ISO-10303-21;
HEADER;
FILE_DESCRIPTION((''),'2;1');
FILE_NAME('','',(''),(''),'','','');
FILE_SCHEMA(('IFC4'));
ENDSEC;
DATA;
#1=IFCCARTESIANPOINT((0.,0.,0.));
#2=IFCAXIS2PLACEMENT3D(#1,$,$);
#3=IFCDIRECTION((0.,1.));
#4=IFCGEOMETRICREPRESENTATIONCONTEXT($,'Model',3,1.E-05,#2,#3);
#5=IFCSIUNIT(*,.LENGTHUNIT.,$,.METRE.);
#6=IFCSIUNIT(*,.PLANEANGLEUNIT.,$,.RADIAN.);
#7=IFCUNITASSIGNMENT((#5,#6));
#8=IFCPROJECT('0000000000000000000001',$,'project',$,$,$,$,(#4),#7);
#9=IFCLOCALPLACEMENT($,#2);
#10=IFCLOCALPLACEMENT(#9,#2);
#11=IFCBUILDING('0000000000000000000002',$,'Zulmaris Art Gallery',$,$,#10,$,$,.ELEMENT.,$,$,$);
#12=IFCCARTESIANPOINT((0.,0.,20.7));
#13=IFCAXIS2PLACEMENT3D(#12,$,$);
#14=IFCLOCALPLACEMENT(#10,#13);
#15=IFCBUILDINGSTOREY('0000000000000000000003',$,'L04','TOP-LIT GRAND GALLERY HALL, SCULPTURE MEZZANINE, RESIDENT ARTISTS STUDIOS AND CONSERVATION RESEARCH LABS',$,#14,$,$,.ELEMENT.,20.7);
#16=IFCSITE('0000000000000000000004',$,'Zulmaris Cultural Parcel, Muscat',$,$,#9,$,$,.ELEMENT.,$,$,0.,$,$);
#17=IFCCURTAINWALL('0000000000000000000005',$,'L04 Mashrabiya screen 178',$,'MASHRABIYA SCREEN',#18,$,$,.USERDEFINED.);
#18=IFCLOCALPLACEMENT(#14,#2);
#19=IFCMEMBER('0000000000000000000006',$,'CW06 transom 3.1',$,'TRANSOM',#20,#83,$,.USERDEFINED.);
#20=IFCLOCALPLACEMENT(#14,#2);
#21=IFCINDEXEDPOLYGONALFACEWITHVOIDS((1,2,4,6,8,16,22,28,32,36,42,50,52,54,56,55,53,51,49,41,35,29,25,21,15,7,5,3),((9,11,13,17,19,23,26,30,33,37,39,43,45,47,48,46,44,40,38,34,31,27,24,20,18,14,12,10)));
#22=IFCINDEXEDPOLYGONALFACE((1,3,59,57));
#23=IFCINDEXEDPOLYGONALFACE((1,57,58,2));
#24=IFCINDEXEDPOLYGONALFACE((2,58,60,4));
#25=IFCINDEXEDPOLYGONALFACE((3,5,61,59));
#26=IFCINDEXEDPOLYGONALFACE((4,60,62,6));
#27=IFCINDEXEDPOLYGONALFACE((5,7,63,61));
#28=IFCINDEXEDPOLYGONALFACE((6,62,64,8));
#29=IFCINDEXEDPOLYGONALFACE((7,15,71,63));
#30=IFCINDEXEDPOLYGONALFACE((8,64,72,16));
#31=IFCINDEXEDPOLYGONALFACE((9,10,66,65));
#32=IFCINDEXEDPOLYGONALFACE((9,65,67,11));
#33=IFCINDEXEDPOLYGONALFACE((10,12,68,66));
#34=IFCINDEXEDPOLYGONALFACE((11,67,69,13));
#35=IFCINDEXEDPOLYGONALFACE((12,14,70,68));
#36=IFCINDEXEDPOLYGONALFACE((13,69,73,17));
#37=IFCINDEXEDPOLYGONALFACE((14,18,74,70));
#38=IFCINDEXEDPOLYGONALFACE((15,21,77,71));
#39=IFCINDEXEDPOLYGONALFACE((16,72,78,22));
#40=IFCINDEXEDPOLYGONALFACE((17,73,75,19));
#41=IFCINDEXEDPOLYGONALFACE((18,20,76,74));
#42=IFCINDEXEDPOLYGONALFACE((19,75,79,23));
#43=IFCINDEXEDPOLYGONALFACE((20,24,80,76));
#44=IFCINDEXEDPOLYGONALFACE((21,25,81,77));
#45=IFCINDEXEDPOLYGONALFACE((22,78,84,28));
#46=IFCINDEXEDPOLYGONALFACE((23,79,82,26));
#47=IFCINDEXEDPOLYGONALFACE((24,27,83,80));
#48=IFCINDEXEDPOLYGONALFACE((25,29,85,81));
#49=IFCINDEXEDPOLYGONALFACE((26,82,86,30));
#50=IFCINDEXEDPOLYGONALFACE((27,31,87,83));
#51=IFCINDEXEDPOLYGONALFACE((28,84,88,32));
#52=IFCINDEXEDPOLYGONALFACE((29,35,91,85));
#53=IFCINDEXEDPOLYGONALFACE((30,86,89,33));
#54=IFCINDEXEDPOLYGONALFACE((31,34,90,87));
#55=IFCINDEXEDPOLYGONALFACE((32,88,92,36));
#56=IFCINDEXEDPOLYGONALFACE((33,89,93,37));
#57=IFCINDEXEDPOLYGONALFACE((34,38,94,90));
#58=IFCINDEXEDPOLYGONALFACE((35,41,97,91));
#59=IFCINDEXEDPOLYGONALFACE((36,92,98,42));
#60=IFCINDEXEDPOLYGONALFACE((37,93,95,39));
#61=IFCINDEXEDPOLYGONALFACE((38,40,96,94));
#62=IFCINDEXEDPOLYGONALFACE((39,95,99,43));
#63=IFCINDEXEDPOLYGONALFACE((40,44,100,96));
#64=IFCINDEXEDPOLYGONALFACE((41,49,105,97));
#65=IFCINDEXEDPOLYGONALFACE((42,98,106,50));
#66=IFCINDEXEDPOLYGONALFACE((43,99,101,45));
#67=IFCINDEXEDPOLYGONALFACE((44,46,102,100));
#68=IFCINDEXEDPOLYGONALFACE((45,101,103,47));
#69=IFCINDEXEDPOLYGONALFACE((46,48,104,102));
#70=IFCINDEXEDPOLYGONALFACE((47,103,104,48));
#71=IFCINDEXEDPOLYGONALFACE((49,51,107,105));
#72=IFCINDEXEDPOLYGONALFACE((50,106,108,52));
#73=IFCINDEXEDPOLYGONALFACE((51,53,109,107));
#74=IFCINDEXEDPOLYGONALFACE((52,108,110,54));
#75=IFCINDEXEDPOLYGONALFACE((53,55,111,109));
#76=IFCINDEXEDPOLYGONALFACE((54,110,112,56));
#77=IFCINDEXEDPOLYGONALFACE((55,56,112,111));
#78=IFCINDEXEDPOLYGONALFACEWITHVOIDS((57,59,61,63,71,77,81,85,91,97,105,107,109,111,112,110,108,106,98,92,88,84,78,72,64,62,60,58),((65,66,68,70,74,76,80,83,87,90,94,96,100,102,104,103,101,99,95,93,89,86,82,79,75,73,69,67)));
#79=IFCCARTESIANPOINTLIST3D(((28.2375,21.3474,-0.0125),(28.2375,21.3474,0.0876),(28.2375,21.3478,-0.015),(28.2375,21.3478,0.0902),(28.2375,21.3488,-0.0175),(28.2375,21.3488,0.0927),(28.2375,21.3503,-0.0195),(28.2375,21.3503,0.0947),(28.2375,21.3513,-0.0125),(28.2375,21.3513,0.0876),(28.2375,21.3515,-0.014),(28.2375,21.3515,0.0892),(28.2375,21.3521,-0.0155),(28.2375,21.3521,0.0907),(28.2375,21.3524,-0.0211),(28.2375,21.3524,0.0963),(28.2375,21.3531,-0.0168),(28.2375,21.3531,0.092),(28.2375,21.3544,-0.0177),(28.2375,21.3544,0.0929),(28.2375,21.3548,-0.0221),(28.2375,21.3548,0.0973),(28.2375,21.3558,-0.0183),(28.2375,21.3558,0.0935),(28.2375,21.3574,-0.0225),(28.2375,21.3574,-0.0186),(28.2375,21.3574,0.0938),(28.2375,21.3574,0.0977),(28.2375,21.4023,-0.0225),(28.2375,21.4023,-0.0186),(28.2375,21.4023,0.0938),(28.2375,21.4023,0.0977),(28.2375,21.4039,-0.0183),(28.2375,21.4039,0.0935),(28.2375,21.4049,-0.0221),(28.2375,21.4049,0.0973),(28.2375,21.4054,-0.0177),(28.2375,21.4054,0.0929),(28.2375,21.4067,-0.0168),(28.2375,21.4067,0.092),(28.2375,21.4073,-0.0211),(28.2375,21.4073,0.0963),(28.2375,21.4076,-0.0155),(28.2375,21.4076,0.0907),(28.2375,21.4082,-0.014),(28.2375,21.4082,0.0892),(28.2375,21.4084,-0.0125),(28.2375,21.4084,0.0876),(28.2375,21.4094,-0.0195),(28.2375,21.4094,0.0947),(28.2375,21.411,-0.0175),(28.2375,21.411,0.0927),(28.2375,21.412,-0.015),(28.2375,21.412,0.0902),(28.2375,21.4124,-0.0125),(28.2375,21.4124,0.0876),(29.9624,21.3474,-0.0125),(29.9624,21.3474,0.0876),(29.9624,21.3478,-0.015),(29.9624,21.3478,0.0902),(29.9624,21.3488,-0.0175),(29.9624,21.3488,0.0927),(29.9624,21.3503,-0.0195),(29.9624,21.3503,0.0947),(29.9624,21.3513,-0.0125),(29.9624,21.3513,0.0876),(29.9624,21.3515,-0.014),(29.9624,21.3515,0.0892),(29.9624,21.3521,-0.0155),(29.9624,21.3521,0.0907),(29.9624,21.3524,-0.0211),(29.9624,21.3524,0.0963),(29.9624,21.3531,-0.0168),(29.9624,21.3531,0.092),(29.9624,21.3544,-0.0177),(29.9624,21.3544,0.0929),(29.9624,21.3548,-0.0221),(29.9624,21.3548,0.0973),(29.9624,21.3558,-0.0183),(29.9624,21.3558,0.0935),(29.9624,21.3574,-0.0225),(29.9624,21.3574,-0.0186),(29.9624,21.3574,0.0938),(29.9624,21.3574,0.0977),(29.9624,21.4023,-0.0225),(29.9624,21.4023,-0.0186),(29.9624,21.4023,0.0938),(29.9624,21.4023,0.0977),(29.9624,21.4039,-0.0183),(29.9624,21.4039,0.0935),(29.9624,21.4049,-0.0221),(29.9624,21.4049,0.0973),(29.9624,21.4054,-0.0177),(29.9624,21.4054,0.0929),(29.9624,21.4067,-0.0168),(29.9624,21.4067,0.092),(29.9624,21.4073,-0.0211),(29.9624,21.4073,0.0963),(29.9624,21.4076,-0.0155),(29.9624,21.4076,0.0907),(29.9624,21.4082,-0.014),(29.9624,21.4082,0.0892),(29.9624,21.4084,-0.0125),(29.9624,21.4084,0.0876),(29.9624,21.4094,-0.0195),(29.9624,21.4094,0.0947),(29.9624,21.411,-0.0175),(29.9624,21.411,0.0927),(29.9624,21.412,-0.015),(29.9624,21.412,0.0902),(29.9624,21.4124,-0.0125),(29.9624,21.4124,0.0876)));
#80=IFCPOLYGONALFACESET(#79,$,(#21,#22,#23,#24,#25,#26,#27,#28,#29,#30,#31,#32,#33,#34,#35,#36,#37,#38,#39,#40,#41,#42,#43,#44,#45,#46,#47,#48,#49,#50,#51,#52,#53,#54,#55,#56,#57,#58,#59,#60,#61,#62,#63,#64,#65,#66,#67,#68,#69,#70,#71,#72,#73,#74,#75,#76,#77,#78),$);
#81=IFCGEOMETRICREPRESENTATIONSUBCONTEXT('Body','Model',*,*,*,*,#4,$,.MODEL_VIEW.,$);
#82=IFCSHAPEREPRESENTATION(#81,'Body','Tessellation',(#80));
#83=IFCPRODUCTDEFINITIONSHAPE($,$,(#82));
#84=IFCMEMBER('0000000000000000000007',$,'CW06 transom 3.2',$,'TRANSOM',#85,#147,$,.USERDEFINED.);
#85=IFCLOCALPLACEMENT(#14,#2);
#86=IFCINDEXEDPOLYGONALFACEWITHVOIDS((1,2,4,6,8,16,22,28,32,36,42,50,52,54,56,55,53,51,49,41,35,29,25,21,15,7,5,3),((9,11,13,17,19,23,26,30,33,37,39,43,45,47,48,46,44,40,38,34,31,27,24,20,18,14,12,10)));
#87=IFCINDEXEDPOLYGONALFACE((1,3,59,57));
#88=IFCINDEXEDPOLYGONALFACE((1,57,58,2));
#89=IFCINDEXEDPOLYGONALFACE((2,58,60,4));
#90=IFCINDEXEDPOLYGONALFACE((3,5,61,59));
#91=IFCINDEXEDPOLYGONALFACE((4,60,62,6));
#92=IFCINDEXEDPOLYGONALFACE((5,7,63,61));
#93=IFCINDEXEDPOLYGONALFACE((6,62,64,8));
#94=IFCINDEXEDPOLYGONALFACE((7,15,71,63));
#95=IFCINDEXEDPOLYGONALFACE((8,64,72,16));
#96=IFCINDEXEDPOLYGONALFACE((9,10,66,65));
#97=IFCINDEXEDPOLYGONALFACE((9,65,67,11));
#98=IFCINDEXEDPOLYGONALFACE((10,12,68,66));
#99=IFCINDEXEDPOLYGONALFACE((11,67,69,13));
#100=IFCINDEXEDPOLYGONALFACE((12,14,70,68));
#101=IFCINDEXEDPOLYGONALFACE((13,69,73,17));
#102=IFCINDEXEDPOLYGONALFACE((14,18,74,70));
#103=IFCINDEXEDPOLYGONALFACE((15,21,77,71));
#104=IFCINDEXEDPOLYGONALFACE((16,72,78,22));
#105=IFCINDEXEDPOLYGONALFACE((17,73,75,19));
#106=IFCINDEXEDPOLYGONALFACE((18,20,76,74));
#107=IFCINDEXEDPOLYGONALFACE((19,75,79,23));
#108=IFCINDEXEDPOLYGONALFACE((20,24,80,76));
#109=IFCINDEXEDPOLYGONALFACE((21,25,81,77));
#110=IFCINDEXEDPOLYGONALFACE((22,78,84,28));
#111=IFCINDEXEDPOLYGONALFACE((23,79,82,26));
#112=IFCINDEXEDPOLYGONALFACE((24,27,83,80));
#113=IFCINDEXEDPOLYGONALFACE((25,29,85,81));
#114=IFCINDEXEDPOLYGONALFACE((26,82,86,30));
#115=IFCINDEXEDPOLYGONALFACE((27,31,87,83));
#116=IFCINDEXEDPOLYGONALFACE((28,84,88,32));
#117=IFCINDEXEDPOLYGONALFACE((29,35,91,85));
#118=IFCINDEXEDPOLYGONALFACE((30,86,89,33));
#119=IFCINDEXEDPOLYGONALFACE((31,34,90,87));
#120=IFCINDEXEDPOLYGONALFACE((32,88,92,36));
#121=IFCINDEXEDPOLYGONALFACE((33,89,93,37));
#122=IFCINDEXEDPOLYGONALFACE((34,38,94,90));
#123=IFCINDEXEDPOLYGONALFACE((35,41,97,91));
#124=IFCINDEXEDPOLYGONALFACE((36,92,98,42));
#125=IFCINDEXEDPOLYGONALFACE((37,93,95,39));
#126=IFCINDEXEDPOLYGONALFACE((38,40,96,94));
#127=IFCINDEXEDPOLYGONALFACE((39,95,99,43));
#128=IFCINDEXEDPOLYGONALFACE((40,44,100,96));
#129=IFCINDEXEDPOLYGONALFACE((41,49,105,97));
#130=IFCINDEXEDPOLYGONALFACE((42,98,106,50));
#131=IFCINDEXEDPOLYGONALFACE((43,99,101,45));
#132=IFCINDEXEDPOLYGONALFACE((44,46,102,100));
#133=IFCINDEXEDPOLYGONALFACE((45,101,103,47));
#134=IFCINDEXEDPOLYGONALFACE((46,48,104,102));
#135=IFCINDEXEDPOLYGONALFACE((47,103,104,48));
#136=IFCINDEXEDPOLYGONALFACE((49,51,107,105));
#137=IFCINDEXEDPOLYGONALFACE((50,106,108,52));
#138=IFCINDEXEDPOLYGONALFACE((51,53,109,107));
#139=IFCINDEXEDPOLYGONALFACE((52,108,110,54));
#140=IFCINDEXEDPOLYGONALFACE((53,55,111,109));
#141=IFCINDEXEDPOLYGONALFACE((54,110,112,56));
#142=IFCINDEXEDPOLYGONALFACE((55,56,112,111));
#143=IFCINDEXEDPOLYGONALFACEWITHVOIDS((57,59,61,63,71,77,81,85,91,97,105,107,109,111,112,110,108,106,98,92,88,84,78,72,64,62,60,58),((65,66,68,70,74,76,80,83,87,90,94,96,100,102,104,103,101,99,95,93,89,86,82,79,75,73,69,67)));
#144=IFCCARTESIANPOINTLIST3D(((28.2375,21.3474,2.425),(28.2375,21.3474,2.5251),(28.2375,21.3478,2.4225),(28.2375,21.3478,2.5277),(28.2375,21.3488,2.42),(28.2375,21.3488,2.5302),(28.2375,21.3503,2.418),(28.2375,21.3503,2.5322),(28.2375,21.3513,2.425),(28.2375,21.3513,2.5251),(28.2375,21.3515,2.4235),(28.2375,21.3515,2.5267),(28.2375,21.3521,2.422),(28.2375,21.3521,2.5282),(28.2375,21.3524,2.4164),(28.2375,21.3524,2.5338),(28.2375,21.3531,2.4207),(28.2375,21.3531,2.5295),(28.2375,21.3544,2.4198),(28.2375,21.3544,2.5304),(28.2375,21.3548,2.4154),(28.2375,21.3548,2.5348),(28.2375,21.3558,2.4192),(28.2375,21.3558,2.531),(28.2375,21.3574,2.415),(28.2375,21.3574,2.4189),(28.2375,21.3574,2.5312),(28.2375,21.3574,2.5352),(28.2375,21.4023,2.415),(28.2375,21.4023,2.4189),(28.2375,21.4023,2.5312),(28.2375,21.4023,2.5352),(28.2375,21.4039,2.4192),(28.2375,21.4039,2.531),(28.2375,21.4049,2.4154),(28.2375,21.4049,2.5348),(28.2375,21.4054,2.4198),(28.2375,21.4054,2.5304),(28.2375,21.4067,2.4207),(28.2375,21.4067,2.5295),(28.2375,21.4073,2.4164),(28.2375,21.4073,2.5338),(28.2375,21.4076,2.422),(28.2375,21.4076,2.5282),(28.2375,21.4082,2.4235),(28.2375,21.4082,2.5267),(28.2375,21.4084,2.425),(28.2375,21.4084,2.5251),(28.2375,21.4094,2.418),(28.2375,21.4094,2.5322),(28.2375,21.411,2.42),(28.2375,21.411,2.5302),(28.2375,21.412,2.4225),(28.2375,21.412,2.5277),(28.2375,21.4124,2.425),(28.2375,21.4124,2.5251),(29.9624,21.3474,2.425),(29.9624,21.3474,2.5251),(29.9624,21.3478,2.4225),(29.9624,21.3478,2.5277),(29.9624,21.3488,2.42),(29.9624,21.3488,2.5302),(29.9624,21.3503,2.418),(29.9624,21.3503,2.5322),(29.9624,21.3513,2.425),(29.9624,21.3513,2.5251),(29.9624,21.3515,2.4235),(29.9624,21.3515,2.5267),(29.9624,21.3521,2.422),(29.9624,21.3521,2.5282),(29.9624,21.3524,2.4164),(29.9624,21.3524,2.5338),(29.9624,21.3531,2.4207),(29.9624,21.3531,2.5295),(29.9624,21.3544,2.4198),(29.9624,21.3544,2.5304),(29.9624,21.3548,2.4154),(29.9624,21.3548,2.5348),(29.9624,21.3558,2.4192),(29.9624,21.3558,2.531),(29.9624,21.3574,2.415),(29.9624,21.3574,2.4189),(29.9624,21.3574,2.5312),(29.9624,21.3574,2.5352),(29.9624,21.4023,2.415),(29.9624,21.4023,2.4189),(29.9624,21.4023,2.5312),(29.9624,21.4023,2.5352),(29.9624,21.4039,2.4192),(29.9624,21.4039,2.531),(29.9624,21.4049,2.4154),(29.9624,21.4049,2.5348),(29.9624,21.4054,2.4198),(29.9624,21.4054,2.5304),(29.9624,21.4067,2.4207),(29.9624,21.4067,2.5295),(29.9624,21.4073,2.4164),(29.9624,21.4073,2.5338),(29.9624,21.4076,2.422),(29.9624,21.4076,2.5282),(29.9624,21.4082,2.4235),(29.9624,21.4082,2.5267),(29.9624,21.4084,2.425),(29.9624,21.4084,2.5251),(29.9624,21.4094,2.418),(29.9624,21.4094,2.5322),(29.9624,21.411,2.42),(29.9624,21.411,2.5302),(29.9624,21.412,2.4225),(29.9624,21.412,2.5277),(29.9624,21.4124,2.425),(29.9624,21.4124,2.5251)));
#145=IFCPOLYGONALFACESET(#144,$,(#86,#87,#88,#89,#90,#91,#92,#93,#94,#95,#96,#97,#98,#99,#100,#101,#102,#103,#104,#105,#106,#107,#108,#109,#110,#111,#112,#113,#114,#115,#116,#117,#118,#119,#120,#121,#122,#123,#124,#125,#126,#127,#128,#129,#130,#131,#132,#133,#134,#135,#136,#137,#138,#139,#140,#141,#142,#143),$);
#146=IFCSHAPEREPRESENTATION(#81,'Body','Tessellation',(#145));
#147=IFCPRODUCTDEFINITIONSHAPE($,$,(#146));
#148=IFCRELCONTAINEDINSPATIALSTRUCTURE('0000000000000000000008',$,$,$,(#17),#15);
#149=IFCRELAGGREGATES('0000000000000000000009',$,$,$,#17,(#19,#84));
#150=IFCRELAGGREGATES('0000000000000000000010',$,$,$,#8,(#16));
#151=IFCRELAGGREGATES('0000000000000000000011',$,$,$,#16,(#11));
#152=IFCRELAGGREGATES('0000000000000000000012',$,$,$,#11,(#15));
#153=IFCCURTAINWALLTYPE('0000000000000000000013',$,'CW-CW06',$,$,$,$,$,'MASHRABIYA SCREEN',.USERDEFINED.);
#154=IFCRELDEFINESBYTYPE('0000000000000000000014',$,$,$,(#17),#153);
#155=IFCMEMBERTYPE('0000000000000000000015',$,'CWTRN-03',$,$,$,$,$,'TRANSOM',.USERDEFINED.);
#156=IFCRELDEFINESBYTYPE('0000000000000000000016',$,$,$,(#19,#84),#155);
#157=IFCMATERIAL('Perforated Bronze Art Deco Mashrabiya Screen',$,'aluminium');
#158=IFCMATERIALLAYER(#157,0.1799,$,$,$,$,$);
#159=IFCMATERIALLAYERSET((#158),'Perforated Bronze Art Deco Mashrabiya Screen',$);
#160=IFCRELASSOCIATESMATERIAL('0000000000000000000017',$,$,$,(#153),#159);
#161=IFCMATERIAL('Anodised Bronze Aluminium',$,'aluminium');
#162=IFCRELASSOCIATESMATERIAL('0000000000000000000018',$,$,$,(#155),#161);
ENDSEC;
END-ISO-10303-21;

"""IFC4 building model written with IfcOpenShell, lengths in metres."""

from ifc_helpers import new_model, si_unit, direction, frame, origin, origin_2d, place, context, subcontext, project, spatial, hollow_rectangle, extrude, material, layer, layer_set, material_profile, profile_set, type_object, element, aggregate, save


model = new_model("IFC4")

# Units and contexts
model_context = context("Model", 3, precision=1e-05, world=origin(), true_north=direction((0.0, 1.0)))
body_context = subcontext(model_context, "Body", "Model", "MODEL_VIEW")
ifc_project = project(units=[si_unit("LENGTHUNIT", "METRE"), si_unit("PLANEANGLEUNIT", "RADIAN")], contexts=[model_context])

# Site, building, storey
site_placement = place(None, origin())
site = spatial("IfcSite", under=ifc_project, at=site_placement, Name="Zulmaris Cultural Parcel, Muscat", CompositionType="ELEMENT", RefElevation=0.0)
building_placement = place(site_placement, origin())
building = spatial("IfcBuilding", under=site, at=building_placement, Name="Zulmaris Art Gallery", CompositionType="ELEMENT")
storey_placement = place(building_placement, frame((0.0, 0.0, 20.7)))
storey = spatial("IfcBuildingStorey", under=building, at=storey_placement, Name="L04", Description="TOP-LIT GRAND GALLERY HALL, SCULPTURE MEZZANINE, RESIDENT ARTISTS STUDIOS AND CONSERVATION RESEARCH LABS", CompositionType="ELEMENT", Elevation=20.7)

# Curtain wall
ifc_material_1 = material(Name="Anodised Bronze Aluminium", Category="aluminium")
ifc_material_2 = material(Name="Perforated Bronze Art Deco Mashrabiya Screen", Category="aluminium")
ifc_layer_1 = layer(ifc_material_2, 0.1799)
ifc_layer_set_1 = layer_set([ifc_layer_1], Name="Perforated Bronze Art Deco Mashrabiya Screen")
curtain_wall_type_1 = type_object("IfcCurtainWallType", Name="CW-CW06", ElementType="MASHRABIYA SCREEN", PredefinedType="USERDEFINED", material=ifc_layer_set_1)
curtain_wall_1_placement = place(storey_placement, origin())
curtain_wall_1 = element("IfcCurtainWall", 1, at=curtain_wall_1_placement, inside=storey, type_object=curtain_wall_type_1, Name="L04 Mashrabiya screen 178", ObjectType="MASHRABIYA SCREEN", PredefinedType="USERDEFINED")

# Members
ifc_material_profile_1 = material_profile(ifc_material_1, hollow_rectangle(XDim=0.0649, YDim=0.1201, WallThickness=0.0039, InnerFilletRadius=0.0061, OuterFilletRadius=0.01, at=origin_2d()), Name="ALU 65x120x4")
ifc_profile_set_1 = profile_set([ifc_material_profile_1], Name="Anodised Bronze Aluminium")
member_type_1 = type_object("IfcMemberType", Name="CWTRN-03", ElementType="TRANSOM", PredefinedType="USERDEFINED", material=ifc_profile_set_1)
member_1_placement = place(storey_placement, frame((28.2375, 21.3799, 0.0376), z_axis=(1.0, 0.0, 0.0), x_axis=(0.0, 1.0, 0.0)))
member_1 = element("IfcMember", 2, at=member_1_placement, type_object=member_type_1, Name="CW06 transom 3.1", ObjectType="TRANSOM", PredefinedType="USERDEFINED", context=body_context, shape_type="SweptSolid", body=[
    extrude(hollow_rectangle(XDim=0.0649, YDim=0.1201, WallThickness=0.0039, InnerFilletRadius=0.0061, OuterFilletRadius=0.01, at=origin_2d()), origin(), (0.0, 0.0, 1.0), 1.7249),
])
member_2_placement = place(storey_placement, frame((28.2375, 21.3799, 2.4751), z_axis=(1.0, 0.0, 0.0), x_axis=(0.0, 1.0, 0.0)))
member_2 = element("IfcMember", 3, at=member_2_placement, type_object=member_type_1, Name="CW06 transom 3.2", ObjectType="TRANSOM", PredefinedType="USERDEFINED", context=body_context, shape_type="SweptSolid", body=[
    extrude(hollow_rectangle(XDim=0.0649, YDim=0.1201, WallThickness=0.0039, InnerFilletRadius=0.0061, OuterFilletRadius=0.01, at=origin_2d()), origin(), (0.0, 0.0, 1.0), 1.7249),
])

aggregate(curtain_wall_1, [member_1, member_2])

save(model, "model.ifc")
